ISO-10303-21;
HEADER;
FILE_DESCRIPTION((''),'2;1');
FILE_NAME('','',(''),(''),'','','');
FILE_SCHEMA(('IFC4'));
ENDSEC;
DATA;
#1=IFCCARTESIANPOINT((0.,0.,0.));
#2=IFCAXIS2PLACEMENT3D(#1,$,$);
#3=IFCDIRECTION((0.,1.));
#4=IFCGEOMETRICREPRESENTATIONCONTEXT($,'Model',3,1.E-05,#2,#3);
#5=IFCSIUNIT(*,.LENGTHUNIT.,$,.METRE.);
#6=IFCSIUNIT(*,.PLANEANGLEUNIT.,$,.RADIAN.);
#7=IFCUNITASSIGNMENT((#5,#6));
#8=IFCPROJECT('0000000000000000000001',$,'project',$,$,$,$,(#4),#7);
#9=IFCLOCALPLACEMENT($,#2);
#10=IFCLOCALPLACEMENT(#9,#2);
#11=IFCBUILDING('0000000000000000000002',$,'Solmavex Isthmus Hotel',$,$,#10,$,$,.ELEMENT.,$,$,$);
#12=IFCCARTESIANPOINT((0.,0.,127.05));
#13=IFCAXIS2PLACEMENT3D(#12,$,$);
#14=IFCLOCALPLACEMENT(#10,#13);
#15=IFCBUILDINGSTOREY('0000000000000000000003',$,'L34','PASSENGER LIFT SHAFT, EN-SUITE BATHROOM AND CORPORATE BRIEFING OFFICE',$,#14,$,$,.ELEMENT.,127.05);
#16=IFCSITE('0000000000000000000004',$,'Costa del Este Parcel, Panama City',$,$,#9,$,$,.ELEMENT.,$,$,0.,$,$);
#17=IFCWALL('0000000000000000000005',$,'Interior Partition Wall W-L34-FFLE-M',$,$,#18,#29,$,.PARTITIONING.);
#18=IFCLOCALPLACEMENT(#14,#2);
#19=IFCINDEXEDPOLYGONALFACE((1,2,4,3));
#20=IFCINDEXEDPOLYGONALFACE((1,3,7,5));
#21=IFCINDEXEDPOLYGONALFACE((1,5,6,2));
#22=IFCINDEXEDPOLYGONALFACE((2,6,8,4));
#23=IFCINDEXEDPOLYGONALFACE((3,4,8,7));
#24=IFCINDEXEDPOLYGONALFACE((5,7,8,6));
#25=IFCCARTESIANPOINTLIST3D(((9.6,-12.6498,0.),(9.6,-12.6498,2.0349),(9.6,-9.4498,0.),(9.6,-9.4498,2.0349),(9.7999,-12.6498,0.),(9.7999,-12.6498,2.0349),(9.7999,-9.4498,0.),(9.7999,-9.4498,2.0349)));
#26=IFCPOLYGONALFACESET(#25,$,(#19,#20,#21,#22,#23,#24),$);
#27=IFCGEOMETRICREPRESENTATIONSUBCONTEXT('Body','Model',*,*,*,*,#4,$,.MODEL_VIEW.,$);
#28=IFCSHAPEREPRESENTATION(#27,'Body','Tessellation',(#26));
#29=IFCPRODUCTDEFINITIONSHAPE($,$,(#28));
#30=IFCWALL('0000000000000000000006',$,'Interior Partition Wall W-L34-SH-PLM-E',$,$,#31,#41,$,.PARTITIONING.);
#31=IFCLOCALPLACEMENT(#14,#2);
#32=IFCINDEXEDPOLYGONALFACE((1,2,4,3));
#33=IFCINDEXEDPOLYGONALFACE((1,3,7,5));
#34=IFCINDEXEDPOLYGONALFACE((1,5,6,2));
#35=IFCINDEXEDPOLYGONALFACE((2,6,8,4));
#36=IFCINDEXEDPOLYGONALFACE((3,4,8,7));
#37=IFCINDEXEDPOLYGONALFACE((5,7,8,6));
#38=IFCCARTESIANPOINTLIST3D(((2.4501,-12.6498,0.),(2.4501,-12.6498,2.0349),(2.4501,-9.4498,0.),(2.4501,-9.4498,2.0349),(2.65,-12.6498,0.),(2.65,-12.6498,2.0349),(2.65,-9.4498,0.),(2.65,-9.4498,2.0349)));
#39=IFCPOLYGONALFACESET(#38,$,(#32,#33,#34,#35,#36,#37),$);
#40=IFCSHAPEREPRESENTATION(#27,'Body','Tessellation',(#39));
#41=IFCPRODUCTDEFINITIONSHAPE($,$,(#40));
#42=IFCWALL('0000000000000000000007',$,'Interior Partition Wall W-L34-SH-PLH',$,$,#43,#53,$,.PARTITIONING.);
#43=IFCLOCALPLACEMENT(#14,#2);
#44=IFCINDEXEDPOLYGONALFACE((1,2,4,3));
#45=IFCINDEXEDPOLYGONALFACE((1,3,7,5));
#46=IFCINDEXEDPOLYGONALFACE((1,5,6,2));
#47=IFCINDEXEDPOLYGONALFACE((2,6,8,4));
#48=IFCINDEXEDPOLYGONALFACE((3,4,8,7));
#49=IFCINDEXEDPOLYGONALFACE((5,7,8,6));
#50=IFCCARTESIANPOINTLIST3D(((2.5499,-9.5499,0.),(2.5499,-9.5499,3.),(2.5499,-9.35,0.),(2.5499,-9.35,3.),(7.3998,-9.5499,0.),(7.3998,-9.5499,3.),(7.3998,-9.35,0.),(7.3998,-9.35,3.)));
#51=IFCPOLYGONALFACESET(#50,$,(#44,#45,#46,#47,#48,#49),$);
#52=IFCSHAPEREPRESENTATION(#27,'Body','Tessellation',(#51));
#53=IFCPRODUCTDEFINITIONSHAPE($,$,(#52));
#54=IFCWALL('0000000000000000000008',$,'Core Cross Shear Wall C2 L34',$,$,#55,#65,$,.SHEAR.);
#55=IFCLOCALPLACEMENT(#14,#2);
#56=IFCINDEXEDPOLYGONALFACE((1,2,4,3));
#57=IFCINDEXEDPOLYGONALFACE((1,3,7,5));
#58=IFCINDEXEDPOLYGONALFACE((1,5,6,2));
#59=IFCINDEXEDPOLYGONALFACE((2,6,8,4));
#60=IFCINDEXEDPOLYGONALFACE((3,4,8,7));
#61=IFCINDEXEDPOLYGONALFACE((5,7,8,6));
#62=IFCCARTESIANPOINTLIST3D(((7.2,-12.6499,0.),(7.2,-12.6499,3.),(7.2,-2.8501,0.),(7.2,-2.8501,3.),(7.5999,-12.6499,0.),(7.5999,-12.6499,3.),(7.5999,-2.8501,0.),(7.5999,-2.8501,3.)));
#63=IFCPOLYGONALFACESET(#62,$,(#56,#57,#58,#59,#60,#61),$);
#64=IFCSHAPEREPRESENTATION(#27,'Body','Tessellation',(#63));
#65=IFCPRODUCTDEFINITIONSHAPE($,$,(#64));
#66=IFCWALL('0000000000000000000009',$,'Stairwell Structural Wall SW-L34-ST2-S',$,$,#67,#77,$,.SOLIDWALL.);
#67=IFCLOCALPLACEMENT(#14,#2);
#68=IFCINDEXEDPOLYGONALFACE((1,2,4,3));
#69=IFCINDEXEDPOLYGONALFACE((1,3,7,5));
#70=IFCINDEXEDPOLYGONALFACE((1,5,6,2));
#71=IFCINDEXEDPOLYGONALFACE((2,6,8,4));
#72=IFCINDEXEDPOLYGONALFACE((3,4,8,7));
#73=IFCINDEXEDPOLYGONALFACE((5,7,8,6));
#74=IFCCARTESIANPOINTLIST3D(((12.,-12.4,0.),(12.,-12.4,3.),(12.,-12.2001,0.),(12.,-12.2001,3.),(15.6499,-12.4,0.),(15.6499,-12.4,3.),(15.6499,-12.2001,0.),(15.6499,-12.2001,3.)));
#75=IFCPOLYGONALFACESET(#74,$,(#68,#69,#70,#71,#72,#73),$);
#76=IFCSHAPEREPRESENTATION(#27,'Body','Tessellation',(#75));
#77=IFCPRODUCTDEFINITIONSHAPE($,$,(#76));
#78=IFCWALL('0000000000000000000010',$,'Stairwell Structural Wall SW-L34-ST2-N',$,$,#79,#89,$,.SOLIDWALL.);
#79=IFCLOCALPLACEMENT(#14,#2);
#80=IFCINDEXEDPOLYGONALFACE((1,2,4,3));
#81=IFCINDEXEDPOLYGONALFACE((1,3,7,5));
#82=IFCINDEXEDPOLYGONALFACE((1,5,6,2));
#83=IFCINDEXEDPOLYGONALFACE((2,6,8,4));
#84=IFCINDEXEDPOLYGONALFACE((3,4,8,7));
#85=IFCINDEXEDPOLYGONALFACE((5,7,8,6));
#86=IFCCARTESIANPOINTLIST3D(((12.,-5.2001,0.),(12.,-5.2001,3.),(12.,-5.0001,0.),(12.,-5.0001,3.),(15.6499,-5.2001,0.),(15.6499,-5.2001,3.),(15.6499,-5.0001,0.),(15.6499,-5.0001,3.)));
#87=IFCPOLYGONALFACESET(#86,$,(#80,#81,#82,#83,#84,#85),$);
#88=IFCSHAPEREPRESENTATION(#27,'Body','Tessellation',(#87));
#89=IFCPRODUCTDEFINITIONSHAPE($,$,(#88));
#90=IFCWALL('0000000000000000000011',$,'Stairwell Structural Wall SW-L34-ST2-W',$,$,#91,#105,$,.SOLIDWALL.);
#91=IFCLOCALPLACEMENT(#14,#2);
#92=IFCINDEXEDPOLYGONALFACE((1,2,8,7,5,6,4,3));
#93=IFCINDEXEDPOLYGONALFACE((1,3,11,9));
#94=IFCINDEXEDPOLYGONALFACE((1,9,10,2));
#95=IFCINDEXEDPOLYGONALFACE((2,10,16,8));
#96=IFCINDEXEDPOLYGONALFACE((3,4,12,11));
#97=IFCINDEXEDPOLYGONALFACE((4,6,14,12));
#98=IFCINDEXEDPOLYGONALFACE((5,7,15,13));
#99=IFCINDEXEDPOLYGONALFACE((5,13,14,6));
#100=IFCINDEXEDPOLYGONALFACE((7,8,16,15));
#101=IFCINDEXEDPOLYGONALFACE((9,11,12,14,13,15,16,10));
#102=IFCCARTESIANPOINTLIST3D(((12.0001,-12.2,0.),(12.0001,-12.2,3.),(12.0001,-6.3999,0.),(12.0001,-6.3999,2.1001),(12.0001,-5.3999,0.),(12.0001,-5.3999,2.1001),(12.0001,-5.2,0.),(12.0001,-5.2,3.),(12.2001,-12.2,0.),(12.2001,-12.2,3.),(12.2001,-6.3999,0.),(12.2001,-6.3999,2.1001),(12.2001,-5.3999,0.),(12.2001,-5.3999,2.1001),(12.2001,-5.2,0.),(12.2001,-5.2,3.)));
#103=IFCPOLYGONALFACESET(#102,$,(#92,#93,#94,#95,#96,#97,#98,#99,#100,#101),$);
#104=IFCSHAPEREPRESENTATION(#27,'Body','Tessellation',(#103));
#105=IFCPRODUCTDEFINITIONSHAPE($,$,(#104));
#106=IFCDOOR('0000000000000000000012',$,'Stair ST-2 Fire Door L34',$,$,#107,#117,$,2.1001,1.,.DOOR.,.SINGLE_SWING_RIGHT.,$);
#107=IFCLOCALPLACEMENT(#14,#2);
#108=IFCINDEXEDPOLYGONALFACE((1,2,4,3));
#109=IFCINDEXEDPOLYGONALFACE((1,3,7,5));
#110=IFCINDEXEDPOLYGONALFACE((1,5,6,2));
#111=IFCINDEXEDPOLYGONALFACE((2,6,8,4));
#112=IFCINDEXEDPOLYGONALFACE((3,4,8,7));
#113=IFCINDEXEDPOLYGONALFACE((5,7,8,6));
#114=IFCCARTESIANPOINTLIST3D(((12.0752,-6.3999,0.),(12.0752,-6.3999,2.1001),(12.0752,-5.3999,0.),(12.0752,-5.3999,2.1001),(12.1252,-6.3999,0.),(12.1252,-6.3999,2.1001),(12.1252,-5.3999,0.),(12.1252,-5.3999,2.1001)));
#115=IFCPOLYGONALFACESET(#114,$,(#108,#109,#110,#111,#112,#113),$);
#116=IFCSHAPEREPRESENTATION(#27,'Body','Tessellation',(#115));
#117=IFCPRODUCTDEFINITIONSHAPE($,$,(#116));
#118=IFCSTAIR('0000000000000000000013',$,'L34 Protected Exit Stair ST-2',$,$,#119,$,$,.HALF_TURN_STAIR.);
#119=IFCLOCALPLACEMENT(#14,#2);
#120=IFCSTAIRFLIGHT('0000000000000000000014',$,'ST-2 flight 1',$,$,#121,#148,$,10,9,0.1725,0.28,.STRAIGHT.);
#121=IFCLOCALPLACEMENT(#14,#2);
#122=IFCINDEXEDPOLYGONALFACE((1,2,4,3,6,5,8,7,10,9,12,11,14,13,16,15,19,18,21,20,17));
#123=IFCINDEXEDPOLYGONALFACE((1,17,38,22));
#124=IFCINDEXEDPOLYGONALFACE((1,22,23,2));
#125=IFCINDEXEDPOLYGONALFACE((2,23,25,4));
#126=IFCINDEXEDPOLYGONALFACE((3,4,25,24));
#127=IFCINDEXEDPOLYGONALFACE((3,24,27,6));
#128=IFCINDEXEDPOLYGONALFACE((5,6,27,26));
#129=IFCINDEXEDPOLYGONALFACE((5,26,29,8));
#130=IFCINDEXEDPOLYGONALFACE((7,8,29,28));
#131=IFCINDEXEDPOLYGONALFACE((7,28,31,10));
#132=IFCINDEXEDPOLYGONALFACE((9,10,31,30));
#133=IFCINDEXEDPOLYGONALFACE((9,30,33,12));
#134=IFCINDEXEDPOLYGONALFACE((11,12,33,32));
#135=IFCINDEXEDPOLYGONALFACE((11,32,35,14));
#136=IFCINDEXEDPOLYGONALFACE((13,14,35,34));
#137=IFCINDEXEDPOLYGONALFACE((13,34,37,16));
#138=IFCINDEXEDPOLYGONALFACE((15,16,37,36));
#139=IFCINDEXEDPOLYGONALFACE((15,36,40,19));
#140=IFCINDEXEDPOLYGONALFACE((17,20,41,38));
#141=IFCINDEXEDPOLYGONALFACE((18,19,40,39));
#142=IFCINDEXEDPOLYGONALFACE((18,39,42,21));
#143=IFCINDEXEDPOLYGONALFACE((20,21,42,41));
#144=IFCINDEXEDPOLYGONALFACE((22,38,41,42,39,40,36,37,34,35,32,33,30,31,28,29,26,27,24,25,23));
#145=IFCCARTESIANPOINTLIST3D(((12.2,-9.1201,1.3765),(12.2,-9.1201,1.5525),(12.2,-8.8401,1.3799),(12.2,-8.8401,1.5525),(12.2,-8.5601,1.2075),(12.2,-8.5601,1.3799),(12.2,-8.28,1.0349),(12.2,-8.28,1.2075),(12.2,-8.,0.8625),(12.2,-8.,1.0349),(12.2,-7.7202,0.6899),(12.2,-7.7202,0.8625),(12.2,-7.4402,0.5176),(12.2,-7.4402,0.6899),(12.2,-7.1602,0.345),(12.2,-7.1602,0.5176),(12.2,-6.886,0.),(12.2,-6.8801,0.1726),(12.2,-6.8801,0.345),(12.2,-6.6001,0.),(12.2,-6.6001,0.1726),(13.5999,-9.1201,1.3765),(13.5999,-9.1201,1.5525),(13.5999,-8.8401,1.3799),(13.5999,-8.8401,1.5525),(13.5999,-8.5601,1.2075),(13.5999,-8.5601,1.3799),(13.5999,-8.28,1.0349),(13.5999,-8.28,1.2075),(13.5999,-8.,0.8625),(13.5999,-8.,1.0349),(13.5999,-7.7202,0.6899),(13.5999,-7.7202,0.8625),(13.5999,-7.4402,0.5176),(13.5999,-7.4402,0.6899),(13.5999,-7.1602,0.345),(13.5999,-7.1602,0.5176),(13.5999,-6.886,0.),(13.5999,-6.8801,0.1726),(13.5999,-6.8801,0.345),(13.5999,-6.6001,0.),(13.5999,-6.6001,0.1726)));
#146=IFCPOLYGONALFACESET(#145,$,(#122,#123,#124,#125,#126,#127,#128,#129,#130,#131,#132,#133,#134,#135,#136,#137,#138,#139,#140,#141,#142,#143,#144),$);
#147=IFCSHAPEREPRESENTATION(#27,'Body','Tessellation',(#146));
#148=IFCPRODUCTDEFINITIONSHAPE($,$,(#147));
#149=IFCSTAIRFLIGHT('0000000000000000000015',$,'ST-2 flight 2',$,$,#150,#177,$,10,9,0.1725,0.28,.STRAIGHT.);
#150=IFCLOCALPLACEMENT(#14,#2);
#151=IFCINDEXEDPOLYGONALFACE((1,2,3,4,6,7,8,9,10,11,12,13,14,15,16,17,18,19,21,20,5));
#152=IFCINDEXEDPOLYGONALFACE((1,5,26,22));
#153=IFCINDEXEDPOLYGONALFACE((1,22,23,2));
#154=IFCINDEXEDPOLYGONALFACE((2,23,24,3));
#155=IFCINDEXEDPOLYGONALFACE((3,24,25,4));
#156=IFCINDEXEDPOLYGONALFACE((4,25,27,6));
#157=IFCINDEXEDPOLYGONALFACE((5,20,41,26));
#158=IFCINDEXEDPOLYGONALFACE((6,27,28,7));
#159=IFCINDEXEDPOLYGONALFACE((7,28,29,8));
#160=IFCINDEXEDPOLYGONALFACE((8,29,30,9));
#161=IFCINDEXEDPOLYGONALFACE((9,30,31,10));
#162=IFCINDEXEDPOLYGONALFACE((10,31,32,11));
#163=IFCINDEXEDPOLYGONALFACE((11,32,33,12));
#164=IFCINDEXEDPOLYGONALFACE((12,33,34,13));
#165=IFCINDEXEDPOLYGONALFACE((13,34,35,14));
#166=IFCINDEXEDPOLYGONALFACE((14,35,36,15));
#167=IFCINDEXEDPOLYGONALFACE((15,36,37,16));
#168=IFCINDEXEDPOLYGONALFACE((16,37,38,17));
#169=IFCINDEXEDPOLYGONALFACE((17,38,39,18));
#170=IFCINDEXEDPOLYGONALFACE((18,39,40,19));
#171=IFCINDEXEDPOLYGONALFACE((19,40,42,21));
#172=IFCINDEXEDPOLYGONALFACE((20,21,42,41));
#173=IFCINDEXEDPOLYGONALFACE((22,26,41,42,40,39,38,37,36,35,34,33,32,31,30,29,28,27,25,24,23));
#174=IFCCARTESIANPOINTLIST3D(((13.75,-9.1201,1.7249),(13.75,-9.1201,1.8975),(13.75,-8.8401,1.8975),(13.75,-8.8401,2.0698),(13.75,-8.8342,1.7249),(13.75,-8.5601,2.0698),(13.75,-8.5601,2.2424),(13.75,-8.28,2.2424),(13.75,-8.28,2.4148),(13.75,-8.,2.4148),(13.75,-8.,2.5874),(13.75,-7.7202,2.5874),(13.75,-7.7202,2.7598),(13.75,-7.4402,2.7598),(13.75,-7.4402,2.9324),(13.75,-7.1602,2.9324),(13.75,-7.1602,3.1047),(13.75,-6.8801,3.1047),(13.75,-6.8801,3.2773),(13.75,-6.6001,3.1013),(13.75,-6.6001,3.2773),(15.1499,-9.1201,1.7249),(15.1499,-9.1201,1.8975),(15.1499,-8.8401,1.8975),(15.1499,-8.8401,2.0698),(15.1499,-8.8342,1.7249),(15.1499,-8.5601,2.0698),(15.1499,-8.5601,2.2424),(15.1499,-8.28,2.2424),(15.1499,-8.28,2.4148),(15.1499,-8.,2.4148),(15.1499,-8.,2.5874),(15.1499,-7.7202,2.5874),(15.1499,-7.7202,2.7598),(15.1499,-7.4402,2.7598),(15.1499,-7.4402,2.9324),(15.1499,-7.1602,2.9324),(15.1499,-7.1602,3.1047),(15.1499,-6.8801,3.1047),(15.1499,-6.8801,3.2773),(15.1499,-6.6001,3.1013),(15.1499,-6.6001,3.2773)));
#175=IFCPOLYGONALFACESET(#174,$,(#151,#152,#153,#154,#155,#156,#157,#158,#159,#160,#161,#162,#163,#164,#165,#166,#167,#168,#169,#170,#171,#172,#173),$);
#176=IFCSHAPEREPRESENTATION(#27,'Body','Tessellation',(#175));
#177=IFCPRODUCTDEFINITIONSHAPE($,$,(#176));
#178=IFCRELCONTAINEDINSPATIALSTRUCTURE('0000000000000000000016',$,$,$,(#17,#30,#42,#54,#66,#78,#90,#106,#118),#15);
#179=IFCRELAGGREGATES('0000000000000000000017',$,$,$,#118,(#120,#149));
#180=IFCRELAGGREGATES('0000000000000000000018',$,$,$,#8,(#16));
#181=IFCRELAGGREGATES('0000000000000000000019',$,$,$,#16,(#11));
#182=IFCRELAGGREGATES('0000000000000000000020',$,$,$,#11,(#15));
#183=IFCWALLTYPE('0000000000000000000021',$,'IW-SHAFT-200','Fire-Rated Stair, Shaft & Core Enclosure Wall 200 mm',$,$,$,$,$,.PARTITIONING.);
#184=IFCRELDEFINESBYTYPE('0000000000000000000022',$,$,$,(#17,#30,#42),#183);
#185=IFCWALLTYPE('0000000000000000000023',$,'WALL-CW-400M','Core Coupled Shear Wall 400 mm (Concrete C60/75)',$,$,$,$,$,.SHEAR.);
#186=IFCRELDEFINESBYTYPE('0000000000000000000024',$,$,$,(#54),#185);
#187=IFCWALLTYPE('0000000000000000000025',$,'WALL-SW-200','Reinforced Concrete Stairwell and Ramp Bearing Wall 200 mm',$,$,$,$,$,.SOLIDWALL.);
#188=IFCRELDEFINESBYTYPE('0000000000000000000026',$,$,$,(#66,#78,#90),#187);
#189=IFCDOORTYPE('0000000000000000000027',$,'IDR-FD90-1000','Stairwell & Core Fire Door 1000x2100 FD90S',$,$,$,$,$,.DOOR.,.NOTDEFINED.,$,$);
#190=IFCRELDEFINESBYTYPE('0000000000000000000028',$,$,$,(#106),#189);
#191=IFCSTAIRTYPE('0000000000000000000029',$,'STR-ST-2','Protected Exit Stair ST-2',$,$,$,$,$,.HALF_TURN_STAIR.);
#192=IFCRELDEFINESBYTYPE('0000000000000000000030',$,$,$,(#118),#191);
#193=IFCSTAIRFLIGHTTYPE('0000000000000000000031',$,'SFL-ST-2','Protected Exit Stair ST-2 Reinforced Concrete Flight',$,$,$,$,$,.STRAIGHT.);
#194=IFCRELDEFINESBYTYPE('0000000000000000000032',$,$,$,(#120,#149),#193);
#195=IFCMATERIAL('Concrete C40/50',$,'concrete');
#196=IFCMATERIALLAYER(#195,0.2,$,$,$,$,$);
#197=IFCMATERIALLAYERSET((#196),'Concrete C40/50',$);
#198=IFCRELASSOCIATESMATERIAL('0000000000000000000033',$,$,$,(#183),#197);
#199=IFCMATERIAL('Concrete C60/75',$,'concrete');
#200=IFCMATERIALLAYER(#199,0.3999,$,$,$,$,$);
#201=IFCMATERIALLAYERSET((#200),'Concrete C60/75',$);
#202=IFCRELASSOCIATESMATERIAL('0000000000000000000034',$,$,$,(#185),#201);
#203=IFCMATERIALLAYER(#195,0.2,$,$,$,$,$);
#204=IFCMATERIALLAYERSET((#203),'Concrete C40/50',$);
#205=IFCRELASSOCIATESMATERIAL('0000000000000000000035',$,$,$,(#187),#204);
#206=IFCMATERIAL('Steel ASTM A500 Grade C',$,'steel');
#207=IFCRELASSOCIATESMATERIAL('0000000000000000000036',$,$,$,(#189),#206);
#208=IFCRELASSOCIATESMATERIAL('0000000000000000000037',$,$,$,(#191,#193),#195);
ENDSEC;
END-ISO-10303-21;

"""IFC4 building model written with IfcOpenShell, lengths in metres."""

from ifc_helpers import new_model, si_unit, direction, frame, frame_2d, origin, place, context, subcontext, project, spatial, polyline, rectangle, outline, extrude, material, layer, layer_set, type_object, element, fill, aggregate, save


model = new_model("IFC4")

# Units and contexts
model_context = context("Model", 3, precision=1e-05, world=origin(), true_north=direction((0.0, 1.0)))
body_context = subcontext(model_context, "Body", "Model", "MODEL_VIEW")
ifc_project = project(units=[si_unit("LENGTHUNIT", "METRE"), si_unit("PLANEANGLEUNIT", "RADIAN")], contexts=[model_context])

# Site, building, storey
site_placement = place(None, origin())
site = spatial("IfcSite", under=ifc_project, at=site_placement, Name="Costa del Este Parcel, Panama City", CompositionType="ELEMENT", RefElevation=0.0)
building_placement = place(site_placement, origin())
building = spatial("IfcBuilding", under=site, at=building_placement, Name="Solmavex Isthmus Hotel", CompositionType="ELEMENT")
storey_placement = place(building_placement, frame((0.0, 0.0, 127.05)))
storey = spatial("IfcBuildingStorey", under=building, at=storey_placement, Name="L34", Description="PASSENGER LIFT SHAFT, EN-SUITE BATHROOM AND CORPORATE BRIEFING OFFICE", CompositionType="ELEMENT", Elevation=127.05)

# Shared definitions
ifc_material_1 = material(Name="Concrete C60/75", Category="concrete")

# Shared definitions
ifc_material_2 = material(Name="Concrete C40/50", Category="concrete")

# Shared definitions
ifc_layer_1 = layer(ifc_material_2, 0.2)
ifc_layer_set_1 = layer_set([ifc_layer_1], Name="Concrete C40/50")
wall_type_1 = type_object("IfcWallType", Name="IW-SHAFT-200", Description="Fire-Rated Stair, Shaft & Core Enclosure Wall 200 mm", PredefinedType="PARTITIONING", material=ifc_layer_set_1)
ifc_material_3 = material(Name="Steel ASTM A500 Grade C", Category="steel")

# Walls
for number, where, z_axis, x_axis, name in (
    (1, (9.7, -12.6499, 0.0), (0.0, 0.0, 1.0), (0.0, 1.0, 0.0), "Interior Partition Wall W-L34-FFLE-M"),
    (2, (2.55, -12.6499, 0.0), (0.0, 0.0, 1.0), (0.0, 1.0, 0.0), "Interior Partition Wall W-L34-SH-PLM-E"),
):
    element("IfcWall", number, at=place(storey_placement, frame(where, z_axis=z_axis, x_axis=x_axis)), inside=storey, type_object=wall_type_1, Name=name, PredefinedType="PARTITIONING", context=body_context, shape_type="SweptSolid", body=[
        extrude(rectangle(XDim=3.2, YDim=0.2, at=frame_2d((1.6001, 0.0))), origin(), (0.0, 0.0, 1.0), 2.0349),
    ])
wall_1_placement = place(storey_placement, frame((2.55, -9.45, 0.0), z_axis=(0.0, 0.0, 1.0), x_axis=(1.0, 0.0, 0.0)))
element("IfcWall", 3, at=wall_1_placement, inside=storey, type_object=wall_type_1, Name="Interior Partition Wall W-L34-SH-PLH", PredefinedType="PARTITIONING", context=body_context, shape_type="SweptSolid", body=[
    extrude(rectangle(XDim=4.8499, YDim=0.2, at=frame_2d((2.4248, 0.0))), origin(), (0.0, 0.0, 1.0), 3.0),
])
ifc_layer_2 = layer(ifc_material_1, 0.3999)
ifc_layer_set_2 = layer_set([ifc_layer_2], Name="Concrete C60/75")
wall_type_2 = type_object("IfcWallType", Name="WALL-CW-400M", Description="Core Coupled Shear Wall 400 mm (Concrete C60/75)", PredefinedType="SHEAR", material=ifc_layer_set_2)
wall_2_placement = place(storey_placement, frame((7.3999, -12.6499, 0.0), z_axis=(0.0, 0.0, 1.0), x_axis=(0.0, 1.0, 0.0)))
element("IfcWall", 4, at=wall_2_placement, inside=storey, type_object=wall_type_2, Name="Core Cross Shear Wall C2 L34", PredefinedType="SHEAR", context=body_context, shape_type="SweptSolid", body=[
    extrude(rectangle(XDim=9.7998, YDim=0.3999, at=frame_2d((4.8999, 0.0))), origin(), (0.0, 0.0, 1.0), 3.0),
])
ifc_layer_3 = layer(ifc_material_2, 0.2)
ifc_layer_set_3 = layer_set([ifc_layer_3], Name="Concrete C40/50")
wall_type_3 = type_object("IfcWallType", Name="WALL-SW-200", Description="Reinforced Concrete Stairwell and Ramp Bearing Wall 200 mm", PredefinedType="SOLIDWALL", material=ifc_layer_set_3)
for number, where, z_axis, x_axis, name in (
    (5, (12.0, -12.3, 0.0), (0.0, 0.0, 1.0), (1.0, 0.0, 0.0), "Stairwell Structural Wall SW-L34-ST2-S"),
    (6, (12.0, -5.1001, 0.0), (0.0, 0.0, 1.0), (1.0, 0.0, 0.0), "Stairwell Structural Wall SW-L34-ST2-N"),
):
    element("IfcWall", number, at=place(storey_placement, frame(where, z_axis=z_axis, x_axis=x_axis)), inside=storey, type_object=wall_type_3, Name=name, PredefinedType="SOLIDWALL", context=body_context, shape_type="SweptSolid", body=[
        extrude(rectangle(XDim=3.6499, YDim=0.2, at=frame_2d((1.825, 0.0))), origin(), (0.0, 0.0, 1.0), 3.0),
    ])

# Wall, opening, door
wall_3_placement = place(storey_placement, frame((12.1001, -12.2, 0.0), z_axis=(0.0, 0.0, 1.0), x_axis=(0.0, 1.0, 0.0)))
wall_3 = element("IfcWall", 7, at=wall_3_placement, inside=storey, type_object=wall_type_3, Name="Stairwell Structural Wall SW-L34-ST2-W", PredefinedType="SOLIDWALL", context=body_context, shape_type="SweptSolid", body=[
    extrude(rectangle(XDim=7.0, YDim=0.2, at=frame_2d((3.5, 0.0))), origin(), (0.0, 0.0, 1.0), 3.0),
])
opening_1_placement = place(wall_3_placement, frame((5.8, 0.0, 0.0)))
opening_1 = element("IfcOpeningElement", 8, at=opening_1_placement, cuts=wall_3, PredefinedType="OPENING", context=body_context, shape_type="SweptSolid", body=[
    extrude(rectangle(XDim=1.0, YDim=2.1001, at=frame_2d((0.5, 1.05))), frame((0.0, 0.1099, 0.0), z_axis=(0.0, -1.0, 0.0), x_axis=(1.0, 0.0, 0.0)), (0.0, 0.0, 1.0), 0.22),
])
door_type_1 = type_object("IfcDoorType", Name="IDR-FD90-1000", Description="Stairwell & Core Fire Door 1000x2100 FD90S", OperationType="NOTDEFINED", PredefinedType="DOOR", material=ifc_material_3)
door_1_placement = place(opening_1_placement, origin())
door_1 = element("IfcDoor", 9, at=door_1_placement, inside=storey, type_object=door_type_1, Name="Stair ST-2 Fire Door L34", OperationType="SINGLE_SWING_RIGHT", OverallHeight=2.1001, OverallWidth=1.0, PredefinedType="DOOR", context=body_context, shape_type="SweptSolid", body=[
    extrude(rectangle(XDim=1.0, YDim=2.1001, at=frame_2d((0.5, 1.05))), frame((0.0, 0.0249, 0.0), z_axis=(0.0, -1.0, 0.0), x_axis=(1.0, 0.0, 0.0)), (0.0, 0.0, 1.0), 0.05),
])
fill(opening_1, door_1)

# Stair, stair flights
stair_type = type_object("IfcStairType", Name="STR-ST-2", Description="Protected Exit Stair ST-2", PredefinedType="HALF_TURN_STAIR", material=ifc_material_2)
stair_placement = place(storey_placement, origin())
stair = element("IfcStair", 10, at=stair_placement, inside=storey, type_object=stair_type, Name="L34 Protected Exit Stair ST-2", PredefinedType="HALF_TURN_STAIR")
stair_flight_type = type_object("IfcStairFlightType", Name="SFL-ST-2", Description="Protected Exit Stair ST-2 Reinforced Concrete Flight", PredefinedType="STRAIGHT", material=ifc_material_2)
stair_flight_1_placement = place(storey_placement, frame((12.8999, -6.6001, 0.0), z_axis=(0.0, 0.0, 1.0), x_axis=(0.0, -1.0, 0.0)))
stair_flight_1 = element("IfcStairFlight", 11, at=stair_flight_1_placement, type_object=stair_flight_type, Name="ST-2 flight 1", NumberOfRisers=10, NumberOfTreads=9, PredefinedType="STRAIGHT", RiserHeight=0.1725, TreadLength=0.28, context=body_context, shape_type="SweptSolid", body=[
    extrude(outline(polyline([(0.0, 0.0), (0.0, 0.1726), (0.28, 0.1726), (0.28, 0.345), (0.5601, 0.345), (0.5601, 0.5176), (0.8401, 0.5176), (0.8401, 0.6899), (1.1201, 0.6899), (1.1201, 0.8625), (1.3999, 0.8625), (1.3999, 1.0349), (1.6799, 1.0349), (1.6799, 1.2075), (1.96, 1.2075), (1.96, 1.3799), (2.24, 1.3799), (2.24, 1.5525), (2.52, 1.5525), (2.52, 1.7251), (2.52, 1.3765), (0.2859, 0.0), (0.0, 0.0)])), frame((0.0, 0.7, 0.0), z_axis=(0.0, -1.0, 0.0), x_axis=(1.0, 0.0, 0.0)), (0.0, 0.0, 1.0), 1.3999),
])
stair_flight_2_placement = place(storey_placement, frame((14.45, -9.1201, 1.7249), z_axis=(0.0, 0.0, 1.0), x_axis=(0.0, 1.0, 0.0)))
stair_flight_2 = element("IfcStairFlight", 12, at=stair_flight_2_placement, type_object=stair_flight_type, Name="ST-2 flight 2", NumberOfRisers=10, NumberOfTreads=9, PredefinedType="STRAIGHT", RiserHeight=0.1725, TreadLength=0.28, context=body_context, shape_type="SweptSolid", body=[
    extrude(outline(polyline([(0.0, 0.0), (0.0, 0.1726), (0.28, 0.1726), (0.28, 0.345), (0.5601, 0.345), (0.5601, 0.5176), (0.8401, 0.5176), (0.8401, 0.6899), (1.1201, 0.6899), (1.1201, 0.8625), (1.3999, 0.8625), (1.3999, 1.0349), (1.6799, 1.0349), (1.6799, 1.2075), (1.96, 1.2075), (1.96, 1.3799), (2.24, 1.3799), (2.24, 1.5525), (2.52, 1.5525), (2.52, 1.7251), (2.52, 1.3765), (0.2859, 0.0), (0.0, 0.0)])), frame((0.0, 0.7, 0.0), z_axis=(0.0, -1.0, 0.0), x_axis=(1.0, 0.0, 0.0)), (0.0, 0.0, 1.0), 1.3999),
])
aggregate(stair, [stair_flight_1, stair_flight_2])

save(model, "model.ifc")
